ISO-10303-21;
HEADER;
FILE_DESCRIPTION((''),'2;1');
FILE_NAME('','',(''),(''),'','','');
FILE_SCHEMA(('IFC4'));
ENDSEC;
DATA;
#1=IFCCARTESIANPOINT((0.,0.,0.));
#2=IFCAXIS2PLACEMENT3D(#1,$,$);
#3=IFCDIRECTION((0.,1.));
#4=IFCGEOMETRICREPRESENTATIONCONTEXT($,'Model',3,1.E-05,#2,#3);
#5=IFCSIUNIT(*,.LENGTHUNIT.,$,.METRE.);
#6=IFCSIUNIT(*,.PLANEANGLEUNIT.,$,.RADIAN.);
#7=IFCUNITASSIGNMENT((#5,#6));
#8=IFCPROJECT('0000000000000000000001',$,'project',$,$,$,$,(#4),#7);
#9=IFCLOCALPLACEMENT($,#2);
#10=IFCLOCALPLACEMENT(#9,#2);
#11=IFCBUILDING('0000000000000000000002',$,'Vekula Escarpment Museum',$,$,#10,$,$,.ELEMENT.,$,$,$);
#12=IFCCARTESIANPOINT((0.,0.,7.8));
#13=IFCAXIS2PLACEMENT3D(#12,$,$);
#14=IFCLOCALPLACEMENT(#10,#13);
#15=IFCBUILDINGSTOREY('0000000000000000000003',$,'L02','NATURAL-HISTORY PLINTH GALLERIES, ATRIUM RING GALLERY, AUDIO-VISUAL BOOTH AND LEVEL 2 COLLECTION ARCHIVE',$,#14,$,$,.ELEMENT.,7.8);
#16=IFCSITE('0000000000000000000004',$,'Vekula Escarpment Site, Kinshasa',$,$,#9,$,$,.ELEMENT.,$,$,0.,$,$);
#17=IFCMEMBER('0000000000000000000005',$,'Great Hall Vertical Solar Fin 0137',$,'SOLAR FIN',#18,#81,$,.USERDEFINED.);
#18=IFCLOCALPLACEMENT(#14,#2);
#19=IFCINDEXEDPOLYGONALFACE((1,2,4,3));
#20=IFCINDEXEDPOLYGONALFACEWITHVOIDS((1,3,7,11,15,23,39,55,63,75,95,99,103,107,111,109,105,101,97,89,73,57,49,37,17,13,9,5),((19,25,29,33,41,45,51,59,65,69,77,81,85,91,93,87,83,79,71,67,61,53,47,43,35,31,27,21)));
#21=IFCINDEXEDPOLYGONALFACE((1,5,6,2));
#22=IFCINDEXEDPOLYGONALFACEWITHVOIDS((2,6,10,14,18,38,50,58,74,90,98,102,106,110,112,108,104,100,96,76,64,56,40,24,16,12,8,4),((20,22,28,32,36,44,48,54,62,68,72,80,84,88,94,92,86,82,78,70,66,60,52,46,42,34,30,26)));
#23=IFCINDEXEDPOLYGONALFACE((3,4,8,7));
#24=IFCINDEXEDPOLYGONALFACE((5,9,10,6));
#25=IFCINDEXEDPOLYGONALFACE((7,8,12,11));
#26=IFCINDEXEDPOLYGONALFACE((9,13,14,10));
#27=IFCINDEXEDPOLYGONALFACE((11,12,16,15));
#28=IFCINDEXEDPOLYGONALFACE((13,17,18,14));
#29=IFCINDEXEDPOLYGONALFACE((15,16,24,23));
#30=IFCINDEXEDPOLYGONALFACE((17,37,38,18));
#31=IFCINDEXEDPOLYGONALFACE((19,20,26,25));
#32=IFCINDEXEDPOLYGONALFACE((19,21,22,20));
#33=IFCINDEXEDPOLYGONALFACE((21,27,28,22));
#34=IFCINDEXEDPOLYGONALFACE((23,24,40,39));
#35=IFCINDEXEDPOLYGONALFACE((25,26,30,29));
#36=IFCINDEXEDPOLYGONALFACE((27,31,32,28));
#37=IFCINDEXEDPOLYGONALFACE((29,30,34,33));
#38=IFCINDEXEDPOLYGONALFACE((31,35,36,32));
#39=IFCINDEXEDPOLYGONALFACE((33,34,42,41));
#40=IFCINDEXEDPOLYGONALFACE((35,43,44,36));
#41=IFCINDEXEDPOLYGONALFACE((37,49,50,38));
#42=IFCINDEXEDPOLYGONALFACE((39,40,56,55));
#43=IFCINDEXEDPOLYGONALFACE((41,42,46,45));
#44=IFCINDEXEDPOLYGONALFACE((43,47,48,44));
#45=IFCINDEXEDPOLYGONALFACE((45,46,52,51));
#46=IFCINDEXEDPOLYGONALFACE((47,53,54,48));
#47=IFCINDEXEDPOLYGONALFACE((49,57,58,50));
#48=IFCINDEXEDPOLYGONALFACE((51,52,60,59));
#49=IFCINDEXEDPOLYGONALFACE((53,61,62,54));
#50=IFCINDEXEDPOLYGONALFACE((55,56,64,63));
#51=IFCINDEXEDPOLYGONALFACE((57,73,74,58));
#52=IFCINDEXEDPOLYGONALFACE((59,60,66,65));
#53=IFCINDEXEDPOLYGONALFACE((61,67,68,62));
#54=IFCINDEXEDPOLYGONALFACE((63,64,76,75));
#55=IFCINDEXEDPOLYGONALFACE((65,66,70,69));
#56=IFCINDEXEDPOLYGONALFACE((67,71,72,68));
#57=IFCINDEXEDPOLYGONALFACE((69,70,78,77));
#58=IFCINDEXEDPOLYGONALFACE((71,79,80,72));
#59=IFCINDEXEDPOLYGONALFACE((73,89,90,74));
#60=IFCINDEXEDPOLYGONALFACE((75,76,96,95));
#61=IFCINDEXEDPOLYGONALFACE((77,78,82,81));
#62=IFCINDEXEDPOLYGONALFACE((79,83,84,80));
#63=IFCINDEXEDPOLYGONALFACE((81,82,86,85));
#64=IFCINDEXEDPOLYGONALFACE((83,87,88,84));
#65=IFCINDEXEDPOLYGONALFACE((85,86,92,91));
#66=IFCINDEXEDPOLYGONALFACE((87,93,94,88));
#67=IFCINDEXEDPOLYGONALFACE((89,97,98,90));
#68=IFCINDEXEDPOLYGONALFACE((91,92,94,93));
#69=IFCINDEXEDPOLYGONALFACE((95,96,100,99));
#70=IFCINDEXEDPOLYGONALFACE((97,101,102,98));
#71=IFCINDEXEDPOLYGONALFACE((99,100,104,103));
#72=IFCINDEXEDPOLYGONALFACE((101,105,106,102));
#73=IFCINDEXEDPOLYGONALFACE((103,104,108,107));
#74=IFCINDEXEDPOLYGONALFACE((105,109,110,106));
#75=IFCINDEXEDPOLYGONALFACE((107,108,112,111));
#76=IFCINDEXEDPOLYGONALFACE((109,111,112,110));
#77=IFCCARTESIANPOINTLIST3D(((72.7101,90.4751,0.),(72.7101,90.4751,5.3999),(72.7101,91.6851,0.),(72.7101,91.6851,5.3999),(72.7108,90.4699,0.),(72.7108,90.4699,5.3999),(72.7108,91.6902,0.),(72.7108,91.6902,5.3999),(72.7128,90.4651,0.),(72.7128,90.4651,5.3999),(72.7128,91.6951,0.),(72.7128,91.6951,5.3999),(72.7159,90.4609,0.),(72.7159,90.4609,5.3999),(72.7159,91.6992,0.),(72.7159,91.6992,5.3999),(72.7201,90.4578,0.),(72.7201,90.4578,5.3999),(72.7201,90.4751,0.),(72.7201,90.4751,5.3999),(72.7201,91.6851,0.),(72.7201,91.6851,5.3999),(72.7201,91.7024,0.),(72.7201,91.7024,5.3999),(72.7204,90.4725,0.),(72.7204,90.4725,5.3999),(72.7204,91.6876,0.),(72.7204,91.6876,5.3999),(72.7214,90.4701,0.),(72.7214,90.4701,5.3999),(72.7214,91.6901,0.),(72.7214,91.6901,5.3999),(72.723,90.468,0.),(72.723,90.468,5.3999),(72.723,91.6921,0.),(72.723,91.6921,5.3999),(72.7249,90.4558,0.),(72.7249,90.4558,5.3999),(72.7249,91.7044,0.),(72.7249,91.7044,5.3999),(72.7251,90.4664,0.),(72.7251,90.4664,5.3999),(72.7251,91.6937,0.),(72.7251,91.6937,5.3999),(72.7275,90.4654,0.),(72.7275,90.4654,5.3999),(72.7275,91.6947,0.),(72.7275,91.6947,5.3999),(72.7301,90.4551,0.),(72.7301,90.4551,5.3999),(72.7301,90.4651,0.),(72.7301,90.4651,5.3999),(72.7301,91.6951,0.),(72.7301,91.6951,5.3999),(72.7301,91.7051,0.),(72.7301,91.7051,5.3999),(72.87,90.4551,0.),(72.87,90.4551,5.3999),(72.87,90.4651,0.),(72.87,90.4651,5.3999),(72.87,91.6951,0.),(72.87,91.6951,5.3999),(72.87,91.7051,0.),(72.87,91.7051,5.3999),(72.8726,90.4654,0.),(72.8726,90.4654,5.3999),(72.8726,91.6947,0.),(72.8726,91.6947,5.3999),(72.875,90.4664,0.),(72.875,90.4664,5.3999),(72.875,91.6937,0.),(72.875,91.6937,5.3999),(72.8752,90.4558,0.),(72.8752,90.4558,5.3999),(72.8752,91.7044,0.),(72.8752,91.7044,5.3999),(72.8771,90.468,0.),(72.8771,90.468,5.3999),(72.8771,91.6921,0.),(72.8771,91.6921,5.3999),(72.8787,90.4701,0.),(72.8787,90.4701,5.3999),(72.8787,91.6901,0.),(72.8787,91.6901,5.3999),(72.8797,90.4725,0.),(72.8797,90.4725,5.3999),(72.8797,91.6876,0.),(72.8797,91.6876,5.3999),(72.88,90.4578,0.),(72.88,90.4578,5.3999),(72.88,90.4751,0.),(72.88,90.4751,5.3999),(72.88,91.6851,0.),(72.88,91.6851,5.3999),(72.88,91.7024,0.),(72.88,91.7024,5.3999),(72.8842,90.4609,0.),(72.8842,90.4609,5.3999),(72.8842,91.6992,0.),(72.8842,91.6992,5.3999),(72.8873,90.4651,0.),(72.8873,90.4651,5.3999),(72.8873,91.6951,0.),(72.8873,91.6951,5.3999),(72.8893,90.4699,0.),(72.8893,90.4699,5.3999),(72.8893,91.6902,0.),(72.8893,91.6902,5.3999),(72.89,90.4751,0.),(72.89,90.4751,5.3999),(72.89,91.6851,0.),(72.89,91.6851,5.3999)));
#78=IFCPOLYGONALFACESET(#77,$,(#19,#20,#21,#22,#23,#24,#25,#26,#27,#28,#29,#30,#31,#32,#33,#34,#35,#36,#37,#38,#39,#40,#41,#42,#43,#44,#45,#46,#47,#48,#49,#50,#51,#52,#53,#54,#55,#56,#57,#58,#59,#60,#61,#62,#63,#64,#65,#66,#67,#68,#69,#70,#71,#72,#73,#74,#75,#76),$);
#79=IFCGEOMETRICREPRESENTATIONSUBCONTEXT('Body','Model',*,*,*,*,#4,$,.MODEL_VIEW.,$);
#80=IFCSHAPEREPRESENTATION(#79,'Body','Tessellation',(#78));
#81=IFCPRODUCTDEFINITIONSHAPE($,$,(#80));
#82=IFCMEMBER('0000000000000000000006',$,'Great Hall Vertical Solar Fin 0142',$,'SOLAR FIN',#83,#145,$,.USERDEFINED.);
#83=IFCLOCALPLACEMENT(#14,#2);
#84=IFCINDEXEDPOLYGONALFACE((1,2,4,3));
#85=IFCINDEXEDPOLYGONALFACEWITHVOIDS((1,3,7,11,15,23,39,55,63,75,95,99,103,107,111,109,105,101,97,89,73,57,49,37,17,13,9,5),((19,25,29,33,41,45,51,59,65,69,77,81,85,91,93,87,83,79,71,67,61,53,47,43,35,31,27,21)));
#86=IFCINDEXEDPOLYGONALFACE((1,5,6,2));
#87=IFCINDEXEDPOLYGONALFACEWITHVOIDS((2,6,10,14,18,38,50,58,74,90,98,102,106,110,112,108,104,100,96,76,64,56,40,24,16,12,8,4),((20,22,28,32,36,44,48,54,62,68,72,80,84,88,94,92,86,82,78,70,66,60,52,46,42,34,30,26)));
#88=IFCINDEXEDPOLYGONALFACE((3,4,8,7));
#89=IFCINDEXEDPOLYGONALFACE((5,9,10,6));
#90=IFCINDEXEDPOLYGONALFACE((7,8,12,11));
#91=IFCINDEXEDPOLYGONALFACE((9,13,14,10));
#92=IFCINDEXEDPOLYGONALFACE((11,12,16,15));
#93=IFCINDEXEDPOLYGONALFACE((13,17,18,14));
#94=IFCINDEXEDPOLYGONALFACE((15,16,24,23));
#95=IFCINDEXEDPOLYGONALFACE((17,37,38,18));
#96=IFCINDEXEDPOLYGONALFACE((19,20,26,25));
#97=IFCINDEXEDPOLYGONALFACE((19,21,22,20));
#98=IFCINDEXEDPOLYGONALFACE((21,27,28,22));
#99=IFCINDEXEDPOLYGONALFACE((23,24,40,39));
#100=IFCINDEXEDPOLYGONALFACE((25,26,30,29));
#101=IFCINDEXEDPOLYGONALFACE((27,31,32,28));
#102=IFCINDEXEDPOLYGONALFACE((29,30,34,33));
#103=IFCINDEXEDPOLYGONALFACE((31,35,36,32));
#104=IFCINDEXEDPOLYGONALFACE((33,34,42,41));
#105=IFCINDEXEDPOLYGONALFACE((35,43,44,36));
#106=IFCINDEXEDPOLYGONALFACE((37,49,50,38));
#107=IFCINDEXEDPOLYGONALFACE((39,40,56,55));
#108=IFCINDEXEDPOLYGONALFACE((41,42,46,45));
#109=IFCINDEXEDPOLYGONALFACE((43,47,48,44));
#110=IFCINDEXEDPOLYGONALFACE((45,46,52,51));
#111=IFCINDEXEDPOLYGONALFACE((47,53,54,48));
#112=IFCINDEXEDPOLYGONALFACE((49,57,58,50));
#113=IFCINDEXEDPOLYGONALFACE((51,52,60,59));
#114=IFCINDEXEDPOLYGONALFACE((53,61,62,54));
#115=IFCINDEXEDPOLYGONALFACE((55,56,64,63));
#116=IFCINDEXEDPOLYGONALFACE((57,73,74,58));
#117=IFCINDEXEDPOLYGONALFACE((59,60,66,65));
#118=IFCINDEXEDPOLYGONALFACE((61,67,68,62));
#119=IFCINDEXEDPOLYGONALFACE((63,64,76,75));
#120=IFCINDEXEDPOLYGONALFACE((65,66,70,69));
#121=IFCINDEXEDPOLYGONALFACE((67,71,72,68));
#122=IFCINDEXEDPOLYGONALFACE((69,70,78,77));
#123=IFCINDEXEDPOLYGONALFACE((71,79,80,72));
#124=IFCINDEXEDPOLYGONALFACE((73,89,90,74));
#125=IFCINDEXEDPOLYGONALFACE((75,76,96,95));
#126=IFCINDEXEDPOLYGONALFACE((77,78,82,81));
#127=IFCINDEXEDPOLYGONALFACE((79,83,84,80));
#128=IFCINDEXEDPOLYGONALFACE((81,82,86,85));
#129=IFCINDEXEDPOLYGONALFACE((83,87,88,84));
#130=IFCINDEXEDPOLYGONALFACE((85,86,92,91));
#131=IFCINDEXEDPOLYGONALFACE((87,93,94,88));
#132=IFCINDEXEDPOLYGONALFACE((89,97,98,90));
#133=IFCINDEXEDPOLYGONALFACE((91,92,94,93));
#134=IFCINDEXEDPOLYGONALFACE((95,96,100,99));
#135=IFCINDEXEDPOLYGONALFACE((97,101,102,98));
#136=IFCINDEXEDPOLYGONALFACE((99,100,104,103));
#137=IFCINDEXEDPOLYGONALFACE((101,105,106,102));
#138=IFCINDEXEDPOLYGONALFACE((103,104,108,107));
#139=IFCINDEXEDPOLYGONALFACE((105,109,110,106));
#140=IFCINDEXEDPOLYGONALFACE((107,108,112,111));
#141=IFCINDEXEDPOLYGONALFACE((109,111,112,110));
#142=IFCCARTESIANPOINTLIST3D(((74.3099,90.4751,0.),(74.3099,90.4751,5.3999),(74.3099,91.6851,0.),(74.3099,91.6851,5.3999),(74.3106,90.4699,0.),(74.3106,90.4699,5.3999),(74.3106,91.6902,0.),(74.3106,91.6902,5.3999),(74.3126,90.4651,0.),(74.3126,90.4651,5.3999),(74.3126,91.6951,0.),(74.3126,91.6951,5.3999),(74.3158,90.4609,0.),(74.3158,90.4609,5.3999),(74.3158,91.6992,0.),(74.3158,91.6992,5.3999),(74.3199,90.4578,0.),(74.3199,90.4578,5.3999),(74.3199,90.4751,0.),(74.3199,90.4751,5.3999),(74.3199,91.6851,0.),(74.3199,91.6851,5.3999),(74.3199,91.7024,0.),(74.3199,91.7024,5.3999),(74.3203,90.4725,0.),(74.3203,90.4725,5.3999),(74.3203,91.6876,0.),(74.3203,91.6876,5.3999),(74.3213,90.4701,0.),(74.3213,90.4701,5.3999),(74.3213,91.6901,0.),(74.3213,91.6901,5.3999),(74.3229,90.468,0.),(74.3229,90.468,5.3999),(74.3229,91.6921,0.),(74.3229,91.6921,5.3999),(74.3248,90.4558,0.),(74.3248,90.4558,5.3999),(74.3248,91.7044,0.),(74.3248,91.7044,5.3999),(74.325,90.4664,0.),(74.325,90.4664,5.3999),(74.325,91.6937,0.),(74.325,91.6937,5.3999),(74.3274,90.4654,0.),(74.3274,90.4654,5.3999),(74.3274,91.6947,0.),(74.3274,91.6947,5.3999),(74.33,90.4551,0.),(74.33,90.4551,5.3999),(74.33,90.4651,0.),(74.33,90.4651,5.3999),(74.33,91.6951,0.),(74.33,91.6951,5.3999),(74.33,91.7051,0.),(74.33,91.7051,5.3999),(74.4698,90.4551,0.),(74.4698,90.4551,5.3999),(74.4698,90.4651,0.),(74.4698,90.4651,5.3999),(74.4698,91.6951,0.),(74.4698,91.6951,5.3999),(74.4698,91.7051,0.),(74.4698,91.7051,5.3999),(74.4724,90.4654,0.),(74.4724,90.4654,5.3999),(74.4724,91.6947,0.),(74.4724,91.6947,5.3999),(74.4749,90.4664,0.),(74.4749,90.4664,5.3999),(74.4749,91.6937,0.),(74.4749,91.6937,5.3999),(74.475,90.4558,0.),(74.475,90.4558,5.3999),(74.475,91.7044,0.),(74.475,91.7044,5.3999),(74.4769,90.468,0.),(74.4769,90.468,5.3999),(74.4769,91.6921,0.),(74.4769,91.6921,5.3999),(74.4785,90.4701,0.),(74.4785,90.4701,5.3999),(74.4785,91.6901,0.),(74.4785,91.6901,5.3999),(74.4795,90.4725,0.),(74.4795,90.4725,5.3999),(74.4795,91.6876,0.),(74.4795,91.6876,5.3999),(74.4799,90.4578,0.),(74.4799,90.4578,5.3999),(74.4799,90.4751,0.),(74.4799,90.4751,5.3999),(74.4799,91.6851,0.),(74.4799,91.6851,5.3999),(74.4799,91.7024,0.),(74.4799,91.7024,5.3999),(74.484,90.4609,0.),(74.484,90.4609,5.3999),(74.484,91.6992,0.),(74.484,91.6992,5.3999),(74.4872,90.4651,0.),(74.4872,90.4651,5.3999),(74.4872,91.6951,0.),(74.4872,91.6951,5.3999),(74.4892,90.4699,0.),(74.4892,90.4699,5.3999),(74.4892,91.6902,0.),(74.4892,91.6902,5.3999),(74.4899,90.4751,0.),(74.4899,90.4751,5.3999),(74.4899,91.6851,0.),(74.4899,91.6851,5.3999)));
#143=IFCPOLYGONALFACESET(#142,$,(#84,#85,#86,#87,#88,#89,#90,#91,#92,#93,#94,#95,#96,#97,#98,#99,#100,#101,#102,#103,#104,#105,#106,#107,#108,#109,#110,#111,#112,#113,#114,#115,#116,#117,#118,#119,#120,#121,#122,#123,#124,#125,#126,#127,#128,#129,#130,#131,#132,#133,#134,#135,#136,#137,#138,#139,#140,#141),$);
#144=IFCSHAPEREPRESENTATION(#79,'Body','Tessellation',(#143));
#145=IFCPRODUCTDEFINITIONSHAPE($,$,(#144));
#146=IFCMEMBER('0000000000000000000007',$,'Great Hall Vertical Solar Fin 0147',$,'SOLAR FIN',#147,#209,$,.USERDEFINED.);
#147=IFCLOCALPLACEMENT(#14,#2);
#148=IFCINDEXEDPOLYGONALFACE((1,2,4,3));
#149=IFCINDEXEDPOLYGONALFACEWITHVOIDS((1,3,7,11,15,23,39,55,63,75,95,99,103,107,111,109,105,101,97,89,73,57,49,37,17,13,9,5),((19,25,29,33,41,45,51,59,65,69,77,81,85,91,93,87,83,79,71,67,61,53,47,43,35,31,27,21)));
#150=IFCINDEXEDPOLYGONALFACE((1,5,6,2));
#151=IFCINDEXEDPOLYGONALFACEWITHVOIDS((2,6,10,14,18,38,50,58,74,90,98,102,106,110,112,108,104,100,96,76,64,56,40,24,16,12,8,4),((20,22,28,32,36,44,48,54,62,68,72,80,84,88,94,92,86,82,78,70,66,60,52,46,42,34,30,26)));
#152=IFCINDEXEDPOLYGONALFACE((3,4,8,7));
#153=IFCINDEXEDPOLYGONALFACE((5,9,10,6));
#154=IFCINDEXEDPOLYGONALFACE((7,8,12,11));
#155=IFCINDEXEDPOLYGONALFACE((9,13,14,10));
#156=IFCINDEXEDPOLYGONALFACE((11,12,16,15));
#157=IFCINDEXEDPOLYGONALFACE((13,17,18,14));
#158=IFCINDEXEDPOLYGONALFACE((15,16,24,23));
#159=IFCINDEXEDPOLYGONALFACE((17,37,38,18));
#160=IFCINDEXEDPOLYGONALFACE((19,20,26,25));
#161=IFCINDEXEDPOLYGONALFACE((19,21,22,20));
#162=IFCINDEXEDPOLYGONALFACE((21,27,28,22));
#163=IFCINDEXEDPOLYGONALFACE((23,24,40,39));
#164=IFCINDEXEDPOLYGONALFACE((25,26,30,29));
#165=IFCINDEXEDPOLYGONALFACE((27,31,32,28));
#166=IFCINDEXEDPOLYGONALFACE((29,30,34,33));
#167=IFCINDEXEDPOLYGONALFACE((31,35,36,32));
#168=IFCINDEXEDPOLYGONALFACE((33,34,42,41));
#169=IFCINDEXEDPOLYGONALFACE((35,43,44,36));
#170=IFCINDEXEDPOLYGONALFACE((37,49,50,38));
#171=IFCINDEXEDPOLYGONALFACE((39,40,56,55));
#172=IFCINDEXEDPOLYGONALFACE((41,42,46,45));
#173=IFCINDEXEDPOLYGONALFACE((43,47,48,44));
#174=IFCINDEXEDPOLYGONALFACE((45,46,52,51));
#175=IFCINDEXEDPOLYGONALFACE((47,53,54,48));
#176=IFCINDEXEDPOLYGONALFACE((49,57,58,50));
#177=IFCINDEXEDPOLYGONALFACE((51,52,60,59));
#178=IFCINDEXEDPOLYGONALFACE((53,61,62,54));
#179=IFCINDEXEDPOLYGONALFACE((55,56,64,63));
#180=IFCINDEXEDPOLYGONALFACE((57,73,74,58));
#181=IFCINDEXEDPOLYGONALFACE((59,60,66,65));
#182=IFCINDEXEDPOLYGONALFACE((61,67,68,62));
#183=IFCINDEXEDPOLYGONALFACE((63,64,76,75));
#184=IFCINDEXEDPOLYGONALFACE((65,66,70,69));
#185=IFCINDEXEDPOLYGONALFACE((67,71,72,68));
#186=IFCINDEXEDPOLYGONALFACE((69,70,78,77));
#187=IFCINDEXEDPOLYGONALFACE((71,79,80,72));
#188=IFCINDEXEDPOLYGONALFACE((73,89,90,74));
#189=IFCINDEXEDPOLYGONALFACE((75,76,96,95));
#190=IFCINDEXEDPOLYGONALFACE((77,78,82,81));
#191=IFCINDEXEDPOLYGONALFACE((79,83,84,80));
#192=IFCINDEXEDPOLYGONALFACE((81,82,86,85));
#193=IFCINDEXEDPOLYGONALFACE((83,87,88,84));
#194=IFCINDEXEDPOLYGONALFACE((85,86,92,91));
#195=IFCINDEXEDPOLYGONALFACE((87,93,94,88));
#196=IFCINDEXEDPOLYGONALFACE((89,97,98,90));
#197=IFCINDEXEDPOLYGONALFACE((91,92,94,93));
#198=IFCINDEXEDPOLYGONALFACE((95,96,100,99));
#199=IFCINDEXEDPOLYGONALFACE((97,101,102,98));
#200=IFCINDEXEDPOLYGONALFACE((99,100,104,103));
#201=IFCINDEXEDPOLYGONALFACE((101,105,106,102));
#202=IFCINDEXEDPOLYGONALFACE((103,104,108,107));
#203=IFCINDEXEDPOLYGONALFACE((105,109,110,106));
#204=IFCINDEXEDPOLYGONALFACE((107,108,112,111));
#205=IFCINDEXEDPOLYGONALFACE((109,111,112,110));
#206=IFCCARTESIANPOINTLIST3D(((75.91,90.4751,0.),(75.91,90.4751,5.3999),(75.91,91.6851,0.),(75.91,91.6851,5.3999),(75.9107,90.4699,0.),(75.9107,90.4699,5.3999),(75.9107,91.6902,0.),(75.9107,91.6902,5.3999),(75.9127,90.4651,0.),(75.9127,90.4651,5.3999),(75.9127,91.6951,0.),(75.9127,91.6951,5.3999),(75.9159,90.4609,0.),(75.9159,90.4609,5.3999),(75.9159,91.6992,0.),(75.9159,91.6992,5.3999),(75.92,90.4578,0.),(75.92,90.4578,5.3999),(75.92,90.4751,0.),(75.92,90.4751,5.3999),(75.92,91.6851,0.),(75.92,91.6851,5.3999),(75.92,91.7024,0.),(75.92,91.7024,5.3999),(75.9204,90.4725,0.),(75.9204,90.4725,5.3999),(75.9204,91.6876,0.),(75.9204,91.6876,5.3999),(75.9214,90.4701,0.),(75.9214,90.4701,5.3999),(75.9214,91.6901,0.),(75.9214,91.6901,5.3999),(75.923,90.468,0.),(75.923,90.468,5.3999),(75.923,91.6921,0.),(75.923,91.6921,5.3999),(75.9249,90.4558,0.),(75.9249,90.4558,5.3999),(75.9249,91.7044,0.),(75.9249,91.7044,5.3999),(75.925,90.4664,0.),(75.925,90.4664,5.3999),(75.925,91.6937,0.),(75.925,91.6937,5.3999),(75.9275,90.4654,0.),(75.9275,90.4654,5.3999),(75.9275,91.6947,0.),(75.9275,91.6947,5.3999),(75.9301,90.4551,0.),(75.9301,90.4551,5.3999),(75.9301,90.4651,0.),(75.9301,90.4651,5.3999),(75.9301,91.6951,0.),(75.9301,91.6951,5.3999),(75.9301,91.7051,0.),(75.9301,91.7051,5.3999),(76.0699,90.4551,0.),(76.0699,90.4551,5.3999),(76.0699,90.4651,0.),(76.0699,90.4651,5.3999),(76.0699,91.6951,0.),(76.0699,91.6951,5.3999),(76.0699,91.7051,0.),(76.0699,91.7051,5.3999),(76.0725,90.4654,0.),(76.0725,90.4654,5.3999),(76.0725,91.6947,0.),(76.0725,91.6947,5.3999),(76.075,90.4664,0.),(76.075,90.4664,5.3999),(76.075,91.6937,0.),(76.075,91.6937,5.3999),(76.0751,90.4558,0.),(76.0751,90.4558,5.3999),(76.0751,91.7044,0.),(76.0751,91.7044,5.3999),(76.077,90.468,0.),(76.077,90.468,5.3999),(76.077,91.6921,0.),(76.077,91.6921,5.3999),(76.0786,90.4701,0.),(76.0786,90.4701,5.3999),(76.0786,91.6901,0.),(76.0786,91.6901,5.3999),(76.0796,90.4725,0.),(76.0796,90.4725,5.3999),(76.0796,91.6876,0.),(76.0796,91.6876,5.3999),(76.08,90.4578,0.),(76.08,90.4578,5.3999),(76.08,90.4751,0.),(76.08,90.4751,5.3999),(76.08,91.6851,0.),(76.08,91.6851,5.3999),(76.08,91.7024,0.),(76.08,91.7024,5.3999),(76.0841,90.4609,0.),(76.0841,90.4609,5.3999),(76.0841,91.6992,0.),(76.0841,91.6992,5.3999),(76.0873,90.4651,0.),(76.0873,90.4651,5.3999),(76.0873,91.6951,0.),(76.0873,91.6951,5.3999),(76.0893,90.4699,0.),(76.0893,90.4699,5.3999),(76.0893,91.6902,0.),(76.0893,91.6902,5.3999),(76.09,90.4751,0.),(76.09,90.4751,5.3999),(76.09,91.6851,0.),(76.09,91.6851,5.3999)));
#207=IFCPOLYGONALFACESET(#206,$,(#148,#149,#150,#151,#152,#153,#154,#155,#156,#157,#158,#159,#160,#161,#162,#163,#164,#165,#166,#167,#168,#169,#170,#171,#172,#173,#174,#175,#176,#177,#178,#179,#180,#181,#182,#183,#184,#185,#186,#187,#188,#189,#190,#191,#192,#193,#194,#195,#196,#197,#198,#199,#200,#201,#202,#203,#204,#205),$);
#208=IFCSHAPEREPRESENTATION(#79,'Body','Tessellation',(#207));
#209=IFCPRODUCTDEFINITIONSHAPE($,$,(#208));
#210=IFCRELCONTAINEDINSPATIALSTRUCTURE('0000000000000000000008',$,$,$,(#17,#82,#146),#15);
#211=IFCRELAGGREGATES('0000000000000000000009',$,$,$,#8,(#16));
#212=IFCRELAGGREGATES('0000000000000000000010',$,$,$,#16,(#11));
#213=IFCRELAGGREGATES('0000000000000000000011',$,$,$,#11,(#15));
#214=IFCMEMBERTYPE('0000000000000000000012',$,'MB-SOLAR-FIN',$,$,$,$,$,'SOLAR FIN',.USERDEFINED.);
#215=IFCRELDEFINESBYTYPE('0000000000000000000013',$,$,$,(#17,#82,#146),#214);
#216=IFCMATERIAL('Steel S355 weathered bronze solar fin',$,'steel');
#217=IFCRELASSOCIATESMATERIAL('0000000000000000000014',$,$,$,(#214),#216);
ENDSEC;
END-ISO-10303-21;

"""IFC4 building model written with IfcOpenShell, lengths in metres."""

from ifc_helpers import new_model, si_unit, direction, frame, origin, origin_2d, place, context, subcontext, project, spatial, hollow_rectangle, extrude, material, material_profile, profile_set, type_object, element, save


model = new_model("IFC4")

# Units and contexts
model_context = context("Model", 3, precision=1e-05, world=origin(), true_north=direction((0.0, 1.0)))
body_context = subcontext(model_context, "Body", "Model", "MODEL_VIEW")
ifc_project = project(units=[si_unit("LENGTHUNIT", "METRE"), si_unit("PLANEANGLEUNIT", "RADIAN")], contexts=[model_context])

# Site, building, storey
site_placement = place(None, origin())
site = spatial("IfcSite", under=ifc_project, at=site_placement, Name="Vekula Escarpment Site, Kinshasa", CompositionType="ELEMENT", RefElevation=0.0)
building_placement = place(site_placement, origin())
building = spatial("IfcBuilding", under=site, at=building_placement, Name="Vekula Escarpment Museum", CompositionType="ELEMENT")
storey_placement = place(building_placement, frame((0.0, 0.0, 7.8)))
storey = spatial("IfcBuildingStorey", under=building, at=storey_placement, Name="L02", Description="NATURAL-HISTORY PLINTH GALLERIES, ATRIUM RING GALLERY, AUDIO-VISUAL BOOTH AND LEVEL 2 COLLECTION ARCHIVE", CompositionType="ELEMENT", Elevation=7.8)

# Members
ifc_material_1 = material(Name="Steel S355 weathered bronze solar fin", Category="steel")
ifc_material_profile_1 = material_profile(ifc_material_1, hollow_rectangle(XDim=0.1799, YDim=1.25, WallThickness=0.01, InnerFilletRadius=0.01, OuterFilletRadius=0.02, at=origin_2d()), Name="RHS 1250x180x10")
ifc_profile_set_1 = profile_set([ifc_material_profile_1], Name="Steel S355 weathered bronze solar fin")
member_type_1 = type_object("IfcMemberType", Name="MB-SOLAR-FIN", ElementType="SOLAR FIN", PredefinedType="USERDEFINED", material=ifc_profile_set_1)
for number, where, z_axis, x_axis, name in (
    (1, (72.8, 91.0801, 0.0), (0.0, 0.0, 1.0), (1.0, 0.0, 0.0), "Great Hall Vertical Solar Fin 0137"),
    (2, (74.3999, 91.0801, 0.0), (0.0, 0.0, 1.0), (1.0, 0.0, 0.0), "Great Hall Vertical Solar Fin 0142"),
    (3, (76.0, 91.0801, 0.0), (0.0, 0.0, 1.0), (1.0, 0.0, 0.0), "Great Hall Vertical Solar Fin 0147"),
):
    element("IfcMember", number, at=place(storey_placement, frame(where, z_axis=z_axis, x_axis=x_axis)), inside=storey, type_object=member_type_1, Name=name, ObjectType="SOLAR FIN", PredefinedType="USERDEFINED", context=body_context, shape_type="SweptSolid", body=[
        extrude(hollow_rectangle(XDim=0.1799, YDim=1.25, WallThickness=0.01, InnerFilletRadius=0.01, OuterFilletRadius=0.02, at=origin_2d()), origin(), (0.0, 0.0, 1.0), 5.3999),
    ])

save(model, "model.ifc")
